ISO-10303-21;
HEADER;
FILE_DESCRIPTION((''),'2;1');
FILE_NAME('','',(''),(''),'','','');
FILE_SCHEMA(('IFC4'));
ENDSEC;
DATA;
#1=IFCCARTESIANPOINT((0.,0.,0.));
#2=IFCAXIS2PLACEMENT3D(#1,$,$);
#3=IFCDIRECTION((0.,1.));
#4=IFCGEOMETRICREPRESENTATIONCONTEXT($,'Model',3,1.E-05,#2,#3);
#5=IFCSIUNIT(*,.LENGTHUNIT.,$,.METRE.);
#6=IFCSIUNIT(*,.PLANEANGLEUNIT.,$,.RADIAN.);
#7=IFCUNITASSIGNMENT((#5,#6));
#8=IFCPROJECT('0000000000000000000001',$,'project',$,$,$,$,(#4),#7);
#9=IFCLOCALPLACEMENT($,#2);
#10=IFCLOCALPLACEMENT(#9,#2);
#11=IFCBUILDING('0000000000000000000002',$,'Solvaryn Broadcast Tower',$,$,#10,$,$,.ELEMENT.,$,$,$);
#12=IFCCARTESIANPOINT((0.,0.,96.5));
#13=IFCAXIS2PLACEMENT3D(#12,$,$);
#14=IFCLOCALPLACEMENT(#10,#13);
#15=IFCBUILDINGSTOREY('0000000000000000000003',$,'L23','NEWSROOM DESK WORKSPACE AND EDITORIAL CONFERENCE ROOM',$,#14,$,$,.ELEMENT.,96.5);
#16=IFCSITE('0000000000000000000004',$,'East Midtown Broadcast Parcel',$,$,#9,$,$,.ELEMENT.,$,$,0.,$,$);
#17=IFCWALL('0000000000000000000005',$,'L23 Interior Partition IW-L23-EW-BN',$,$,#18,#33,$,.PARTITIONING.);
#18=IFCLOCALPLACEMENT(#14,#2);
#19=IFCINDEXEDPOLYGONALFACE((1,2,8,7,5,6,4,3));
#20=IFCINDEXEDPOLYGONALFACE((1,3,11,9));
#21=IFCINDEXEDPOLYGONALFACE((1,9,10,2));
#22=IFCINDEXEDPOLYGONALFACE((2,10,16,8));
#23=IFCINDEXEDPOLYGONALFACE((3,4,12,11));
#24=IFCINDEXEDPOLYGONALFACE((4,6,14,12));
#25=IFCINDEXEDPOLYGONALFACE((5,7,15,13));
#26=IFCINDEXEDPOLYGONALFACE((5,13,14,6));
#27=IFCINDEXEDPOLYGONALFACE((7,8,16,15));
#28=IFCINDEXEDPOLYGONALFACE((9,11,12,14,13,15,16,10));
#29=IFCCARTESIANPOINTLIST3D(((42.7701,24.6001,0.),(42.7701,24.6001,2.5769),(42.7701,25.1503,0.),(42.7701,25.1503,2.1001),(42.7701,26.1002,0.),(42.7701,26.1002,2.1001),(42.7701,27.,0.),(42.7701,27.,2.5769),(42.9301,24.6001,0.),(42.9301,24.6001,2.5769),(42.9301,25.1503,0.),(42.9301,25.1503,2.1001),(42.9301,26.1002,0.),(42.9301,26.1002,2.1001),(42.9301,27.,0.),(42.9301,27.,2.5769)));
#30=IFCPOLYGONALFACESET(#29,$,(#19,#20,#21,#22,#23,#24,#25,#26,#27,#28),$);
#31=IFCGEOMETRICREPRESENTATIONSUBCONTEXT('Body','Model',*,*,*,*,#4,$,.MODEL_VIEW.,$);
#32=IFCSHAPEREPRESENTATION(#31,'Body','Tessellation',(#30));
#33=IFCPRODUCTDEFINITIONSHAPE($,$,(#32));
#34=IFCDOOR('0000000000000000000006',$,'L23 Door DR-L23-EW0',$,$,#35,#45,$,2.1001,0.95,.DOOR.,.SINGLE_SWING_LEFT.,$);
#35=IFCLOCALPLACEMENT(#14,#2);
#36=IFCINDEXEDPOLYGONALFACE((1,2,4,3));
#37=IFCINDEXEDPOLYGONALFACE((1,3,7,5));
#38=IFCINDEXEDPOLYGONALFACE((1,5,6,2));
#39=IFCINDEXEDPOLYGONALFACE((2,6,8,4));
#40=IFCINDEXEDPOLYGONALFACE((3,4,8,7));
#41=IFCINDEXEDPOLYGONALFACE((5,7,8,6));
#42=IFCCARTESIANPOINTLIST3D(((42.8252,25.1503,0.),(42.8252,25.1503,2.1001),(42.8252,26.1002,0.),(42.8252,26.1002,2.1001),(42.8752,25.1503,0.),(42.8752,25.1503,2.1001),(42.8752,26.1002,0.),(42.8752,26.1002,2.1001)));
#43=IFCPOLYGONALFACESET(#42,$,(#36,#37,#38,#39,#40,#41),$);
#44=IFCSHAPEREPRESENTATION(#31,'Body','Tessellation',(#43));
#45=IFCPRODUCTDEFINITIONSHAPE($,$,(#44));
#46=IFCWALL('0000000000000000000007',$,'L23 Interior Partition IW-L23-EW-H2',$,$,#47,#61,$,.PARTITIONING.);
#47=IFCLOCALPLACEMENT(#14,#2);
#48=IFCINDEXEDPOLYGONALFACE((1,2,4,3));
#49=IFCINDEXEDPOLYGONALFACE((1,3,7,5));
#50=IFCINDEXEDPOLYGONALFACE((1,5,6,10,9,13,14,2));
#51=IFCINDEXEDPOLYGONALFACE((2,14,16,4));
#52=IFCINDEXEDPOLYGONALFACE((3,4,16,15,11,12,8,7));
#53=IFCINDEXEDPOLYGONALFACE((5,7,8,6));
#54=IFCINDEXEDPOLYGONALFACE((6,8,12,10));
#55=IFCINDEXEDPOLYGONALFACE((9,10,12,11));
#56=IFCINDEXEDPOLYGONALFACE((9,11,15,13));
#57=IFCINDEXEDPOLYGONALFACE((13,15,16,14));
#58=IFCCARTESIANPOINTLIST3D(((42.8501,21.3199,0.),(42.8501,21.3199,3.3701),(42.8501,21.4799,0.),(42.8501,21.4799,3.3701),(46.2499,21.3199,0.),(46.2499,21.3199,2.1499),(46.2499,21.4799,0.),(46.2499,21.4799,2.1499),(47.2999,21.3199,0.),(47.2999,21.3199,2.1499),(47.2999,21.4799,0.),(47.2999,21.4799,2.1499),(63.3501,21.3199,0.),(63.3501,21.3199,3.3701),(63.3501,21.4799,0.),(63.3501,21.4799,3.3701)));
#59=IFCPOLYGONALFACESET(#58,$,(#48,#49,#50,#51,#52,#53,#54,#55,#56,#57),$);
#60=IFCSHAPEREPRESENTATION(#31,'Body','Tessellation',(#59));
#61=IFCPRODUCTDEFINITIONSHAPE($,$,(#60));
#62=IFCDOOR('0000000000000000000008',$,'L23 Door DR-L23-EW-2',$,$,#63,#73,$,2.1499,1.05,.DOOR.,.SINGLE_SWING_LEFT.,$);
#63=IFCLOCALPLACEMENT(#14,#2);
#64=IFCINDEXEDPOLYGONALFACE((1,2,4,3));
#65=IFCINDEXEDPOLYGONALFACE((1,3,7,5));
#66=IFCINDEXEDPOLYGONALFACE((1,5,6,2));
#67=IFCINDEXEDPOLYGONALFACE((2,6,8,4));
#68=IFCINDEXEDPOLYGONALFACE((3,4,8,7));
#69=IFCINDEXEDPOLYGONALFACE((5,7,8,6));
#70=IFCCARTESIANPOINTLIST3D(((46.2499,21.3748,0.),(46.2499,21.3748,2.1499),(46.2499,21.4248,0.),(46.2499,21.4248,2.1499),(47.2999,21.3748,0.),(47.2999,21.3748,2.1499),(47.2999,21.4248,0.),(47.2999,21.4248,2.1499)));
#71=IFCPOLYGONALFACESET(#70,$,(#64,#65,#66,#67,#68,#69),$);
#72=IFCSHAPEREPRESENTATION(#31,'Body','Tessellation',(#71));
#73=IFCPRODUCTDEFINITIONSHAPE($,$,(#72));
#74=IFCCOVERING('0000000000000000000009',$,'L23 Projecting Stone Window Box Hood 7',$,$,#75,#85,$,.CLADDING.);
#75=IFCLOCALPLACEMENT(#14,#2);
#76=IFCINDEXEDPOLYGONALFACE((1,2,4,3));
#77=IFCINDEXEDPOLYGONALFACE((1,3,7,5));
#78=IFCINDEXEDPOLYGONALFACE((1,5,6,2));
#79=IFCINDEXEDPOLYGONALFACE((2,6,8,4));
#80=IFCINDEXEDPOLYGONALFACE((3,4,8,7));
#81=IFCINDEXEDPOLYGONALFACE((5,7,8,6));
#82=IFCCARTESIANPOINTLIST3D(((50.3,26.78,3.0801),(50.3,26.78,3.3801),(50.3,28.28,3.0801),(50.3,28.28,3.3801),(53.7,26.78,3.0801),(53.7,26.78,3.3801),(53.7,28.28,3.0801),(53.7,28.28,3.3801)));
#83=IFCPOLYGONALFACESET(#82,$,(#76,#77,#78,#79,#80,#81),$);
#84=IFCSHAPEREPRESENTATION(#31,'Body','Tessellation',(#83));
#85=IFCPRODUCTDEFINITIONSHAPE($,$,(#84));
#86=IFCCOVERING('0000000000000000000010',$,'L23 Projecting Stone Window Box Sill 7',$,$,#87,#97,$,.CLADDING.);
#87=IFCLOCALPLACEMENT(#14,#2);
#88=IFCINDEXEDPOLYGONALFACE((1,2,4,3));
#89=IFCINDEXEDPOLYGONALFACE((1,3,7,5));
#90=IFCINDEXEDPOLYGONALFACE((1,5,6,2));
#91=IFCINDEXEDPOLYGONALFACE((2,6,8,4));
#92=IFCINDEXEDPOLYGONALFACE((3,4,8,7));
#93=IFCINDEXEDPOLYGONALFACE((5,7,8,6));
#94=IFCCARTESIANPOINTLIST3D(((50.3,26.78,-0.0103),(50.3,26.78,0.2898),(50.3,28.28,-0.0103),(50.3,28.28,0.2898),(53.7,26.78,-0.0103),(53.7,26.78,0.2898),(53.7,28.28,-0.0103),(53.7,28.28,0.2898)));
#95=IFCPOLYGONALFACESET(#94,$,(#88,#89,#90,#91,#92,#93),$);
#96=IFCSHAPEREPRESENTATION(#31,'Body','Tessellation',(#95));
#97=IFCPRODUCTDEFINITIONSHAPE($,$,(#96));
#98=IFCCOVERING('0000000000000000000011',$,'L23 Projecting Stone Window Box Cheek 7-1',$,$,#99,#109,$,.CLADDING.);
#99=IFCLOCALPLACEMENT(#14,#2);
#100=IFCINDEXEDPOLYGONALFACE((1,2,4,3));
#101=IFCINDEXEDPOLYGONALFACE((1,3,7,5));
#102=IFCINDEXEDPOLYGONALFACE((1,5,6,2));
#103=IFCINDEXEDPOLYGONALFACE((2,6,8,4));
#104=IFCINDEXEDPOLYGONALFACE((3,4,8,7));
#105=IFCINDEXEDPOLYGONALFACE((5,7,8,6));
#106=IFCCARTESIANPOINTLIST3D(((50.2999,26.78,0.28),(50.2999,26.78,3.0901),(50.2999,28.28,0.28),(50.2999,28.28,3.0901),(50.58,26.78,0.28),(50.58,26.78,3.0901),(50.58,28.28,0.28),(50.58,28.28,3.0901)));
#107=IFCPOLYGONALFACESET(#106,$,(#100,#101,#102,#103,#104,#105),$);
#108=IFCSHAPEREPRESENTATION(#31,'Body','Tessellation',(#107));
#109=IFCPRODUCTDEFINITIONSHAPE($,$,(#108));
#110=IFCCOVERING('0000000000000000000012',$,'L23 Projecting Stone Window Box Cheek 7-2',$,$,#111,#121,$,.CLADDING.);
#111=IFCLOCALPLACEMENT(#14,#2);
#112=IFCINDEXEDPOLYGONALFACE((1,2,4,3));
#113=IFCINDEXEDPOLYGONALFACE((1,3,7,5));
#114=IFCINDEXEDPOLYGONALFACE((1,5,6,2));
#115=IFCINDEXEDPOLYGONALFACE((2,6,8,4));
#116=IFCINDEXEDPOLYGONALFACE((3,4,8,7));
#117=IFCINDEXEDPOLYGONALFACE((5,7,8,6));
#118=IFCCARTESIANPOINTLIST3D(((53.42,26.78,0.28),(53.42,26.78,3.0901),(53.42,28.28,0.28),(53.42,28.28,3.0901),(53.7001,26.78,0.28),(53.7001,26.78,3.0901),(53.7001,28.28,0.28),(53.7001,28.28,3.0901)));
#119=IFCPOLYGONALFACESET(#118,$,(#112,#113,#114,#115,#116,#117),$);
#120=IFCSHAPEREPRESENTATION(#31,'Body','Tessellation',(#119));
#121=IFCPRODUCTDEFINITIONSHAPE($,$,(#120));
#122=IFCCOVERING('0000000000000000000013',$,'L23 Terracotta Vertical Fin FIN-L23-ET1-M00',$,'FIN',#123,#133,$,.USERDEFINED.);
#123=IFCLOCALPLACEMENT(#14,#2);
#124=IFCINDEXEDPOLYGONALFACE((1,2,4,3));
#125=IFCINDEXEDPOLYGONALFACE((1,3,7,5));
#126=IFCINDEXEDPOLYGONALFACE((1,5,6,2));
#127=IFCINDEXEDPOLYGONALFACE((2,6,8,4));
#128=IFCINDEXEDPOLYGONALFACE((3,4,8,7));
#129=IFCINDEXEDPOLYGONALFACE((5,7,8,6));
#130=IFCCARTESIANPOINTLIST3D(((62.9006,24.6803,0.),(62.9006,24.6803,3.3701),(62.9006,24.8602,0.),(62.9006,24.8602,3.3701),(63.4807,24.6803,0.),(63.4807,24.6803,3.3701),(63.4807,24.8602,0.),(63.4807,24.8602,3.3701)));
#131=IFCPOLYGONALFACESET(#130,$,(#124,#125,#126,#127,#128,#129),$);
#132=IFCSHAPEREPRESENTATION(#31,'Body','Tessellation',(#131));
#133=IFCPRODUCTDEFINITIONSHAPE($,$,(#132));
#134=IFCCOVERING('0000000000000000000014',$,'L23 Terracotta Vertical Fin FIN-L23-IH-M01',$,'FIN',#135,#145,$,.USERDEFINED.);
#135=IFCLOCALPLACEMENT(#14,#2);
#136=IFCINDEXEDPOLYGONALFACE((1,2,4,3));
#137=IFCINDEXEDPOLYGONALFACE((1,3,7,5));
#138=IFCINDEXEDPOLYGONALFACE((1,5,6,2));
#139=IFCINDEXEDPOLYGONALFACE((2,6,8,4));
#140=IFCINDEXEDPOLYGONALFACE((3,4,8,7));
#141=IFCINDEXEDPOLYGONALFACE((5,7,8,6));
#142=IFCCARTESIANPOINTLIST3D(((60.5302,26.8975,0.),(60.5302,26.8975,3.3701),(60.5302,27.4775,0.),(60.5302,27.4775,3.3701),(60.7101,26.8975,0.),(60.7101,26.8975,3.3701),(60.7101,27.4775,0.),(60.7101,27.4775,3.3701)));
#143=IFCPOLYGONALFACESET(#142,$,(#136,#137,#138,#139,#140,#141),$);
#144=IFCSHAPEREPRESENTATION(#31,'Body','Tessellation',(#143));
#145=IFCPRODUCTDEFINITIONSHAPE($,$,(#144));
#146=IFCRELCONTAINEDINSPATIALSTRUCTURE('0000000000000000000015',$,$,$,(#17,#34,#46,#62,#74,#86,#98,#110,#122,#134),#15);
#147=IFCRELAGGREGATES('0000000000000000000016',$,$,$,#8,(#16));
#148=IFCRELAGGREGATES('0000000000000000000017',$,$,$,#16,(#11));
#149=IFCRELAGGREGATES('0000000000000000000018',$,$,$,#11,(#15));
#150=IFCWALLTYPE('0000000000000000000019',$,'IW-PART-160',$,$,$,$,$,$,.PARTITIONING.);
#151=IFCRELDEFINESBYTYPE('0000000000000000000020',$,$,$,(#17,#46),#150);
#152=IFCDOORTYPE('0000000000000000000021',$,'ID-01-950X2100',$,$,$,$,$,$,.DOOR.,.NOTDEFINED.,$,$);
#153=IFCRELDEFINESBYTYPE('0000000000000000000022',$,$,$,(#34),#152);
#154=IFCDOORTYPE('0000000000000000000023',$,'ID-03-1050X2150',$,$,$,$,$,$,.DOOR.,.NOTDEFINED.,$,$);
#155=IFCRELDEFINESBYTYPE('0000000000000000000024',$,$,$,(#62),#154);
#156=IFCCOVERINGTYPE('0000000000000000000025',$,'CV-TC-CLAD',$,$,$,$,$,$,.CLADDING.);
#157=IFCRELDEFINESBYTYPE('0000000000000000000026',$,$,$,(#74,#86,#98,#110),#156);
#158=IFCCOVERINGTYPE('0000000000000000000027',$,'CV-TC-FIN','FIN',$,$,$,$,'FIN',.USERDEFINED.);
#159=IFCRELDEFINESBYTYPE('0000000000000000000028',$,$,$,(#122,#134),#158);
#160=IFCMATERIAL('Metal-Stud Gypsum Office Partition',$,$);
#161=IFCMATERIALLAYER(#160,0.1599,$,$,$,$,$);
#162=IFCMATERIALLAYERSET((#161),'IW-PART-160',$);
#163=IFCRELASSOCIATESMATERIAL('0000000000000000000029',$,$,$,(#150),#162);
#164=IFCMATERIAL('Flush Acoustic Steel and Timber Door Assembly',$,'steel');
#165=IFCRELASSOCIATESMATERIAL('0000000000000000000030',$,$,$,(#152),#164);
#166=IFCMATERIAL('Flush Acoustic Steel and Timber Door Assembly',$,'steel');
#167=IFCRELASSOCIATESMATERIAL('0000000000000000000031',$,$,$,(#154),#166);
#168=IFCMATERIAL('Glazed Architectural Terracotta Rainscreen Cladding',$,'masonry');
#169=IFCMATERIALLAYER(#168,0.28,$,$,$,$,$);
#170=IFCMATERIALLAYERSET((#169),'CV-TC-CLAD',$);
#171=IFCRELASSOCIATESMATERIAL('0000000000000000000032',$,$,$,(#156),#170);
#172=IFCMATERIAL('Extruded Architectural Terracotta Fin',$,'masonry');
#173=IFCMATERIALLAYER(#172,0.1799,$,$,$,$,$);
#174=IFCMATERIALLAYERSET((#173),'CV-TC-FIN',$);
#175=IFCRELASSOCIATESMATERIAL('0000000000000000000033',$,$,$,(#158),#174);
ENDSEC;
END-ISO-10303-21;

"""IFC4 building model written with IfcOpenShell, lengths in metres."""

from ifc_helpers import new_model, si_unit, direction, frame, frame_2d, origin, origin_2d, place, context, subcontext, project, spatial, rectangle, extrude, material, layer, layer_set, type_object, element, fill, save


model = new_model("IFC4")

# Units and contexts
model_context = context("Model", 3, precision=1e-05, world=origin(), true_north=direction((0.0, 1.0)))
body_context = subcontext(model_context, "Body", "Model", "MODEL_VIEW")
ifc_project = project(units=[si_unit("LENGTHUNIT", "METRE"), si_unit("PLANEANGLEUNIT", "RADIAN")], contexts=[model_context])

# Site, building, storey
site_placement = place(None, origin())
site = spatial("IfcSite", under=ifc_project, at=site_placement, Name="East Midtown Broadcast Parcel", CompositionType="ELEMENT", RefElevation=0.0)
building_placement = place(site_placement, origin())
building = spatial("IfcBuilding", under=site, at=building_placement, Name="Solvaryn Broadcast Tower", CompositionType="ELEMENT")
storey_placement = place(building_placement, frame((0.0, 0.0, 96.5)))
storey = spatial("IfcBuildingStorey", under=building, at=storey_placement, Name="L23", Description="NEWSROOM DESK WORKSPACE AND EDITORIAL CONFERENCE ROOM", CompositionType="ELEMENT", Elevation=96.5)

# Walls, openings, doors
ifc_material_1 = material(Name="Metal-Stud Gypsum Office Partition")
ifc_layer_1 = layer(ifc_material_1, 0.1599)
ifc_layer_set_1 = layer_set([ifc_layer_1], Name="IW-PART-160")
wall_type_1 = type_object("IfcWallType", Name="IW-PART-160", PredefinedType="PARTITIONING", material=ifc_layer_set_1)
wall_1_placement = place(storey_placement, frame((42.8501, 24.6001, 0.0), z_axis=(0.0, 0.0, 1.0), x_axis=(0.0, 1.0, 0.0)))
wall_1 = element("IfcWall", 1, at=wall_1_placement, inside=storey, type_object=wall_type_1, Name="L23 Interior Partition IW-L23-EW-BN", PredefinedType="PARTITIONING", context=body_context, shape_type="SweptSolid", body=[
    extrude(rectangle(XDim=2.3999, YDim=0.1599, at=frame_2d((1.2, 0.0))), origin(), (0.0, 0.0, 1.0), 2.5769),
])
opening_1_placement = place(wall_1_placement, frame((0.55, 0.0, 0.0)))
opening_1 = element("IfcOpeningElement", 2, at=opening_1_placement, cuts=wall_1, PredefinedType="OPENING", context=body_context, shape_type="SweptSolid", body=[
    extrude(rectangle(XDim=0.95, YDim=2.1001, at=frame_2d((0.4751, 1.05))), frame((0.0, 0.0901, 0.0), z_axis=(0.0, -1.0, 0.0), x_axis=(1.0, 0.0, 0.0)), (0.0, 0.0, 1.0), 0.1799),
])
ifc_material_2 = material(Name="Flush Acoustic Steel and Timber Door Assembly", Category="steel")
door_type_1 = type_object("IfcDoorType", Name="ID-01-950X2100", OperationType="NOTDEFINED", PredefinedType="DOOR", material=ifc_material_2)
door_1_placement = place(opening_1_placement, origin())
door_1 = element("IfcDoor", 3, at=door_1_placement, inside=storey, type_object=door_type_1, Name="L23 Door DR-L23-EW0", OperationType="SINGLE_SWING_LEFT", OverallHeight=2.1001, OverallWidth=0.95, PredefinedType="DOOR", context=body_context, shape_type="SweptSolid", body=[
    extrude(rectangle(XDim=0.95, YDim=2.1001, at=frame_2d((0.4751, 1.05))), frame((0.0, 0.0249, 0.0), z_axis=(0.0, -1.0, 0.0), x_axis=(1.0, 0.0, 0.0)), (0.0, 0.0, 1.0), 0.05),
])
fill(opening_1, door_1)
wall_2_placement = place(storey_placement, frame((42.8501, 21.3999, 0.0), z_axis=(0.0, 0.0, 1.0), x_axis=(1.0, 0.0, 0.0)))
wall_2 = element("IfcWall", 4, at=wall_2_placement, inside=storey, type_object=wall_type_1, Name="L23 Interior Partition IW-L23-EW-H2", PredefinedType="PARTITIONING", context=body_context, shape_type="SweptSolid", body=[
    extrude(rectangle(XDim=20.5, YDim=0.1599, at=frame_2d((10.25, 0.0))), origin(), (0.0, 0.0, 1.0), 3.3701),
])
opening_2_placement = place(wall_2_placement, frame((3.3999, 0.0, 0.0)))
opening_2 = element("IfcOpeningElement", 5, at=opening_2_placement, cuts=wall_2, PredefinedType="OPENING", context=body_context, shape_type="SweptSolid", body=[
    extrude(rectangle(XDim=1.05, YDim=2.1499, at=frame_2d((0.5249, 1.075))), frame((0.0, 0.0901, 0.0), z_axis=(0.0, -1.0, 0.0), x_axis=(1.0, 0.0, 0.0)), (0.0, 0.0, 1.0), 0.1799),
])
ifc_material_3 = material(Name="Flush Acoustic Steel and Timber Door Assembly", Category="steel")
door_type_2 = type_object("IfcDoorType", Name="ID-03-1050X2150", OperationType="NOTDEFINED", PredefinedType="DOOR", material=ifc_material_3)
door_2_placement = place(opening_2_placement, origin())
door_2 = element("IfcDoor", 6, at=door_2_placement, inside=storey, type_object=door_type_2, Name="L23 Door DR-L23-EW-2", OperationType="SINGLE_SWING_LEFT", OverallHeight=2.1499, OverallWidth=1.05, PredefinedType="DOOR", context=body_context, shape_type="SweptSolid", body=[
    extrude(rectangle(XDim=1.05, YDim=2.1499, at=frame_2d((0.5249, 1.075))), frame((0.0, 0.0249, 0.0), z_axis=(0.0, -1.0, 0.0), x_axis=(1.0, 0.0, 0.0)), (0.0, 0.0, 1.0), 0.05),
])
fill(opening_2, door_2)

# Coverings
ifc_material_4 = material(Name="Glazed Architectural Terracotta Rainscreen Cladding", Category="masonry")
ifc_layer_2 = layer(ifc_material_4, 0.28)
ifc_layer_set_2 = layer_set([ifc_layer_2], Name="CV-TC-CLAD")
covering_type_1 = type_object("IfcCoveringType", Name="CV-TC-CLAD", PredefinedType="CLADDING", material=ifc_layer_set_2)
for number, where, z_axis, x_axis, name in (
    (7, (52.0, 27.53, 3.0801), (0.0, 0.0, 1.0), (1.0, 0.0, 0.0), "L23 Projecting Stone Window Box Hood 7"),
    (8, (52.0, 27.53, -0.0103), (0.0, 0.0, 1.0), (1.0, 0.0, 0.0), "L23 Projecting Stone Window Box Sill 7"),
):
    element("IfcCovering", number, at=place(storey_placement, frame(where, z_axis=z_axis, x_axis=x_axis)), inside=storey, type_object=covering_type_1, Name=name, PredefinedType="CLADDING", context=body_context, shape_type="SweptSolid", body=[
        extrude(rectangle(XDim=3.3999, YDim=1.5, at=origin_2d()), origin(), (0.0, 0.0, 1.0), 0.3),
    ])
for number, where, z_axis, x_axis, name in (
    (9, (50.4399, 27.53, 0.28), (0.0, 0.0, 1.0), (1.0, 0.0, 0.0), "L23 Projecting Stone Window Box Cheek 7-1"),
    (10, (53.5601, 27.53, 0.28), (0.0, 0.0, 1.0), (1.0, 0.0, 0.0), "L23 Projecting Stone Window Box Cheek 7-2"),
):
    element("IfcCovering", number, at=place(storey_placement, frame(where, z_axis=z_axis, x_axis=x_axis)), inside=storey, type_object=covering_type_1, Name=name, PredefinedType="CLADDING", context=body_context, shape_type="SweptSolid", body=[
        extrude(rectangle(XDim=0.28, YDim=1.5, at=origin_2d()), origin(), (0.0, 0.0, 1.0), 2.8101),
    ])
ifc_material_5 = material(Name="Extruded Architectural Terracotta Fin", Category="masonry")
ifc_layer_3 = layer(ifc_material_5, 0.1799)
ifc_layer_set_3 = layer_set([ifc_layer_3], Name="CV-TC-FIN")
covering_type_2 = type_object("IfcCoveringType", Name="CV-TC-FIN", Description="FIN", ElementType="FIN", PredefinedType="USERDEFINED", material=ifc_layer_set_3)
covering_1_placement = place(storey_placement, frame((63.1907, 24.7703, 0.0), z_axis=(0.0, 0.0, 1.0), x_axis=(1.0, 0.0, 0.0)))
element("IfcCovering", 11, at=covering_1_placement, inside=storey, type_object=covering_type_2, Name="L23 Terracotta Vertical Fin FIN-L23-ET1-M00", ObjectType="FIN", PredefinedType="USERDEFINED", context=body_context, shape_type="SweptSolid", body=[
    extrude(rectangle(XDim=0.5801, YDim=0.1799, at=origin_2d()), origin(), (0.0, 0.0, 1.0), 3.3701),
])
covering_2_placement = place(storey_placement, frame((60.6201, 27.1875, 0.0), z_axis=(0.0, 0.0, 1.0), x_axis=(1.0, 0.0, 0.0)))
element("IfcCovering", 12, at=covering_2_placement, inside=storey, type_object=covering_type_2, Name="L23 Terracotta Vertical Fin FIN-L23-IH-M01", ObjectType="FIN", PredefinedType="USERDEFINED", context=body_context, shape_type="SweptSolid", body=[
    extrude(rectangle(XDim=0.1799, YDim=0.5801, at=origin_2d()), origin(), (0.0, 0.0, 1.0), 3.3701),
])

save(model, "model.ifc")
